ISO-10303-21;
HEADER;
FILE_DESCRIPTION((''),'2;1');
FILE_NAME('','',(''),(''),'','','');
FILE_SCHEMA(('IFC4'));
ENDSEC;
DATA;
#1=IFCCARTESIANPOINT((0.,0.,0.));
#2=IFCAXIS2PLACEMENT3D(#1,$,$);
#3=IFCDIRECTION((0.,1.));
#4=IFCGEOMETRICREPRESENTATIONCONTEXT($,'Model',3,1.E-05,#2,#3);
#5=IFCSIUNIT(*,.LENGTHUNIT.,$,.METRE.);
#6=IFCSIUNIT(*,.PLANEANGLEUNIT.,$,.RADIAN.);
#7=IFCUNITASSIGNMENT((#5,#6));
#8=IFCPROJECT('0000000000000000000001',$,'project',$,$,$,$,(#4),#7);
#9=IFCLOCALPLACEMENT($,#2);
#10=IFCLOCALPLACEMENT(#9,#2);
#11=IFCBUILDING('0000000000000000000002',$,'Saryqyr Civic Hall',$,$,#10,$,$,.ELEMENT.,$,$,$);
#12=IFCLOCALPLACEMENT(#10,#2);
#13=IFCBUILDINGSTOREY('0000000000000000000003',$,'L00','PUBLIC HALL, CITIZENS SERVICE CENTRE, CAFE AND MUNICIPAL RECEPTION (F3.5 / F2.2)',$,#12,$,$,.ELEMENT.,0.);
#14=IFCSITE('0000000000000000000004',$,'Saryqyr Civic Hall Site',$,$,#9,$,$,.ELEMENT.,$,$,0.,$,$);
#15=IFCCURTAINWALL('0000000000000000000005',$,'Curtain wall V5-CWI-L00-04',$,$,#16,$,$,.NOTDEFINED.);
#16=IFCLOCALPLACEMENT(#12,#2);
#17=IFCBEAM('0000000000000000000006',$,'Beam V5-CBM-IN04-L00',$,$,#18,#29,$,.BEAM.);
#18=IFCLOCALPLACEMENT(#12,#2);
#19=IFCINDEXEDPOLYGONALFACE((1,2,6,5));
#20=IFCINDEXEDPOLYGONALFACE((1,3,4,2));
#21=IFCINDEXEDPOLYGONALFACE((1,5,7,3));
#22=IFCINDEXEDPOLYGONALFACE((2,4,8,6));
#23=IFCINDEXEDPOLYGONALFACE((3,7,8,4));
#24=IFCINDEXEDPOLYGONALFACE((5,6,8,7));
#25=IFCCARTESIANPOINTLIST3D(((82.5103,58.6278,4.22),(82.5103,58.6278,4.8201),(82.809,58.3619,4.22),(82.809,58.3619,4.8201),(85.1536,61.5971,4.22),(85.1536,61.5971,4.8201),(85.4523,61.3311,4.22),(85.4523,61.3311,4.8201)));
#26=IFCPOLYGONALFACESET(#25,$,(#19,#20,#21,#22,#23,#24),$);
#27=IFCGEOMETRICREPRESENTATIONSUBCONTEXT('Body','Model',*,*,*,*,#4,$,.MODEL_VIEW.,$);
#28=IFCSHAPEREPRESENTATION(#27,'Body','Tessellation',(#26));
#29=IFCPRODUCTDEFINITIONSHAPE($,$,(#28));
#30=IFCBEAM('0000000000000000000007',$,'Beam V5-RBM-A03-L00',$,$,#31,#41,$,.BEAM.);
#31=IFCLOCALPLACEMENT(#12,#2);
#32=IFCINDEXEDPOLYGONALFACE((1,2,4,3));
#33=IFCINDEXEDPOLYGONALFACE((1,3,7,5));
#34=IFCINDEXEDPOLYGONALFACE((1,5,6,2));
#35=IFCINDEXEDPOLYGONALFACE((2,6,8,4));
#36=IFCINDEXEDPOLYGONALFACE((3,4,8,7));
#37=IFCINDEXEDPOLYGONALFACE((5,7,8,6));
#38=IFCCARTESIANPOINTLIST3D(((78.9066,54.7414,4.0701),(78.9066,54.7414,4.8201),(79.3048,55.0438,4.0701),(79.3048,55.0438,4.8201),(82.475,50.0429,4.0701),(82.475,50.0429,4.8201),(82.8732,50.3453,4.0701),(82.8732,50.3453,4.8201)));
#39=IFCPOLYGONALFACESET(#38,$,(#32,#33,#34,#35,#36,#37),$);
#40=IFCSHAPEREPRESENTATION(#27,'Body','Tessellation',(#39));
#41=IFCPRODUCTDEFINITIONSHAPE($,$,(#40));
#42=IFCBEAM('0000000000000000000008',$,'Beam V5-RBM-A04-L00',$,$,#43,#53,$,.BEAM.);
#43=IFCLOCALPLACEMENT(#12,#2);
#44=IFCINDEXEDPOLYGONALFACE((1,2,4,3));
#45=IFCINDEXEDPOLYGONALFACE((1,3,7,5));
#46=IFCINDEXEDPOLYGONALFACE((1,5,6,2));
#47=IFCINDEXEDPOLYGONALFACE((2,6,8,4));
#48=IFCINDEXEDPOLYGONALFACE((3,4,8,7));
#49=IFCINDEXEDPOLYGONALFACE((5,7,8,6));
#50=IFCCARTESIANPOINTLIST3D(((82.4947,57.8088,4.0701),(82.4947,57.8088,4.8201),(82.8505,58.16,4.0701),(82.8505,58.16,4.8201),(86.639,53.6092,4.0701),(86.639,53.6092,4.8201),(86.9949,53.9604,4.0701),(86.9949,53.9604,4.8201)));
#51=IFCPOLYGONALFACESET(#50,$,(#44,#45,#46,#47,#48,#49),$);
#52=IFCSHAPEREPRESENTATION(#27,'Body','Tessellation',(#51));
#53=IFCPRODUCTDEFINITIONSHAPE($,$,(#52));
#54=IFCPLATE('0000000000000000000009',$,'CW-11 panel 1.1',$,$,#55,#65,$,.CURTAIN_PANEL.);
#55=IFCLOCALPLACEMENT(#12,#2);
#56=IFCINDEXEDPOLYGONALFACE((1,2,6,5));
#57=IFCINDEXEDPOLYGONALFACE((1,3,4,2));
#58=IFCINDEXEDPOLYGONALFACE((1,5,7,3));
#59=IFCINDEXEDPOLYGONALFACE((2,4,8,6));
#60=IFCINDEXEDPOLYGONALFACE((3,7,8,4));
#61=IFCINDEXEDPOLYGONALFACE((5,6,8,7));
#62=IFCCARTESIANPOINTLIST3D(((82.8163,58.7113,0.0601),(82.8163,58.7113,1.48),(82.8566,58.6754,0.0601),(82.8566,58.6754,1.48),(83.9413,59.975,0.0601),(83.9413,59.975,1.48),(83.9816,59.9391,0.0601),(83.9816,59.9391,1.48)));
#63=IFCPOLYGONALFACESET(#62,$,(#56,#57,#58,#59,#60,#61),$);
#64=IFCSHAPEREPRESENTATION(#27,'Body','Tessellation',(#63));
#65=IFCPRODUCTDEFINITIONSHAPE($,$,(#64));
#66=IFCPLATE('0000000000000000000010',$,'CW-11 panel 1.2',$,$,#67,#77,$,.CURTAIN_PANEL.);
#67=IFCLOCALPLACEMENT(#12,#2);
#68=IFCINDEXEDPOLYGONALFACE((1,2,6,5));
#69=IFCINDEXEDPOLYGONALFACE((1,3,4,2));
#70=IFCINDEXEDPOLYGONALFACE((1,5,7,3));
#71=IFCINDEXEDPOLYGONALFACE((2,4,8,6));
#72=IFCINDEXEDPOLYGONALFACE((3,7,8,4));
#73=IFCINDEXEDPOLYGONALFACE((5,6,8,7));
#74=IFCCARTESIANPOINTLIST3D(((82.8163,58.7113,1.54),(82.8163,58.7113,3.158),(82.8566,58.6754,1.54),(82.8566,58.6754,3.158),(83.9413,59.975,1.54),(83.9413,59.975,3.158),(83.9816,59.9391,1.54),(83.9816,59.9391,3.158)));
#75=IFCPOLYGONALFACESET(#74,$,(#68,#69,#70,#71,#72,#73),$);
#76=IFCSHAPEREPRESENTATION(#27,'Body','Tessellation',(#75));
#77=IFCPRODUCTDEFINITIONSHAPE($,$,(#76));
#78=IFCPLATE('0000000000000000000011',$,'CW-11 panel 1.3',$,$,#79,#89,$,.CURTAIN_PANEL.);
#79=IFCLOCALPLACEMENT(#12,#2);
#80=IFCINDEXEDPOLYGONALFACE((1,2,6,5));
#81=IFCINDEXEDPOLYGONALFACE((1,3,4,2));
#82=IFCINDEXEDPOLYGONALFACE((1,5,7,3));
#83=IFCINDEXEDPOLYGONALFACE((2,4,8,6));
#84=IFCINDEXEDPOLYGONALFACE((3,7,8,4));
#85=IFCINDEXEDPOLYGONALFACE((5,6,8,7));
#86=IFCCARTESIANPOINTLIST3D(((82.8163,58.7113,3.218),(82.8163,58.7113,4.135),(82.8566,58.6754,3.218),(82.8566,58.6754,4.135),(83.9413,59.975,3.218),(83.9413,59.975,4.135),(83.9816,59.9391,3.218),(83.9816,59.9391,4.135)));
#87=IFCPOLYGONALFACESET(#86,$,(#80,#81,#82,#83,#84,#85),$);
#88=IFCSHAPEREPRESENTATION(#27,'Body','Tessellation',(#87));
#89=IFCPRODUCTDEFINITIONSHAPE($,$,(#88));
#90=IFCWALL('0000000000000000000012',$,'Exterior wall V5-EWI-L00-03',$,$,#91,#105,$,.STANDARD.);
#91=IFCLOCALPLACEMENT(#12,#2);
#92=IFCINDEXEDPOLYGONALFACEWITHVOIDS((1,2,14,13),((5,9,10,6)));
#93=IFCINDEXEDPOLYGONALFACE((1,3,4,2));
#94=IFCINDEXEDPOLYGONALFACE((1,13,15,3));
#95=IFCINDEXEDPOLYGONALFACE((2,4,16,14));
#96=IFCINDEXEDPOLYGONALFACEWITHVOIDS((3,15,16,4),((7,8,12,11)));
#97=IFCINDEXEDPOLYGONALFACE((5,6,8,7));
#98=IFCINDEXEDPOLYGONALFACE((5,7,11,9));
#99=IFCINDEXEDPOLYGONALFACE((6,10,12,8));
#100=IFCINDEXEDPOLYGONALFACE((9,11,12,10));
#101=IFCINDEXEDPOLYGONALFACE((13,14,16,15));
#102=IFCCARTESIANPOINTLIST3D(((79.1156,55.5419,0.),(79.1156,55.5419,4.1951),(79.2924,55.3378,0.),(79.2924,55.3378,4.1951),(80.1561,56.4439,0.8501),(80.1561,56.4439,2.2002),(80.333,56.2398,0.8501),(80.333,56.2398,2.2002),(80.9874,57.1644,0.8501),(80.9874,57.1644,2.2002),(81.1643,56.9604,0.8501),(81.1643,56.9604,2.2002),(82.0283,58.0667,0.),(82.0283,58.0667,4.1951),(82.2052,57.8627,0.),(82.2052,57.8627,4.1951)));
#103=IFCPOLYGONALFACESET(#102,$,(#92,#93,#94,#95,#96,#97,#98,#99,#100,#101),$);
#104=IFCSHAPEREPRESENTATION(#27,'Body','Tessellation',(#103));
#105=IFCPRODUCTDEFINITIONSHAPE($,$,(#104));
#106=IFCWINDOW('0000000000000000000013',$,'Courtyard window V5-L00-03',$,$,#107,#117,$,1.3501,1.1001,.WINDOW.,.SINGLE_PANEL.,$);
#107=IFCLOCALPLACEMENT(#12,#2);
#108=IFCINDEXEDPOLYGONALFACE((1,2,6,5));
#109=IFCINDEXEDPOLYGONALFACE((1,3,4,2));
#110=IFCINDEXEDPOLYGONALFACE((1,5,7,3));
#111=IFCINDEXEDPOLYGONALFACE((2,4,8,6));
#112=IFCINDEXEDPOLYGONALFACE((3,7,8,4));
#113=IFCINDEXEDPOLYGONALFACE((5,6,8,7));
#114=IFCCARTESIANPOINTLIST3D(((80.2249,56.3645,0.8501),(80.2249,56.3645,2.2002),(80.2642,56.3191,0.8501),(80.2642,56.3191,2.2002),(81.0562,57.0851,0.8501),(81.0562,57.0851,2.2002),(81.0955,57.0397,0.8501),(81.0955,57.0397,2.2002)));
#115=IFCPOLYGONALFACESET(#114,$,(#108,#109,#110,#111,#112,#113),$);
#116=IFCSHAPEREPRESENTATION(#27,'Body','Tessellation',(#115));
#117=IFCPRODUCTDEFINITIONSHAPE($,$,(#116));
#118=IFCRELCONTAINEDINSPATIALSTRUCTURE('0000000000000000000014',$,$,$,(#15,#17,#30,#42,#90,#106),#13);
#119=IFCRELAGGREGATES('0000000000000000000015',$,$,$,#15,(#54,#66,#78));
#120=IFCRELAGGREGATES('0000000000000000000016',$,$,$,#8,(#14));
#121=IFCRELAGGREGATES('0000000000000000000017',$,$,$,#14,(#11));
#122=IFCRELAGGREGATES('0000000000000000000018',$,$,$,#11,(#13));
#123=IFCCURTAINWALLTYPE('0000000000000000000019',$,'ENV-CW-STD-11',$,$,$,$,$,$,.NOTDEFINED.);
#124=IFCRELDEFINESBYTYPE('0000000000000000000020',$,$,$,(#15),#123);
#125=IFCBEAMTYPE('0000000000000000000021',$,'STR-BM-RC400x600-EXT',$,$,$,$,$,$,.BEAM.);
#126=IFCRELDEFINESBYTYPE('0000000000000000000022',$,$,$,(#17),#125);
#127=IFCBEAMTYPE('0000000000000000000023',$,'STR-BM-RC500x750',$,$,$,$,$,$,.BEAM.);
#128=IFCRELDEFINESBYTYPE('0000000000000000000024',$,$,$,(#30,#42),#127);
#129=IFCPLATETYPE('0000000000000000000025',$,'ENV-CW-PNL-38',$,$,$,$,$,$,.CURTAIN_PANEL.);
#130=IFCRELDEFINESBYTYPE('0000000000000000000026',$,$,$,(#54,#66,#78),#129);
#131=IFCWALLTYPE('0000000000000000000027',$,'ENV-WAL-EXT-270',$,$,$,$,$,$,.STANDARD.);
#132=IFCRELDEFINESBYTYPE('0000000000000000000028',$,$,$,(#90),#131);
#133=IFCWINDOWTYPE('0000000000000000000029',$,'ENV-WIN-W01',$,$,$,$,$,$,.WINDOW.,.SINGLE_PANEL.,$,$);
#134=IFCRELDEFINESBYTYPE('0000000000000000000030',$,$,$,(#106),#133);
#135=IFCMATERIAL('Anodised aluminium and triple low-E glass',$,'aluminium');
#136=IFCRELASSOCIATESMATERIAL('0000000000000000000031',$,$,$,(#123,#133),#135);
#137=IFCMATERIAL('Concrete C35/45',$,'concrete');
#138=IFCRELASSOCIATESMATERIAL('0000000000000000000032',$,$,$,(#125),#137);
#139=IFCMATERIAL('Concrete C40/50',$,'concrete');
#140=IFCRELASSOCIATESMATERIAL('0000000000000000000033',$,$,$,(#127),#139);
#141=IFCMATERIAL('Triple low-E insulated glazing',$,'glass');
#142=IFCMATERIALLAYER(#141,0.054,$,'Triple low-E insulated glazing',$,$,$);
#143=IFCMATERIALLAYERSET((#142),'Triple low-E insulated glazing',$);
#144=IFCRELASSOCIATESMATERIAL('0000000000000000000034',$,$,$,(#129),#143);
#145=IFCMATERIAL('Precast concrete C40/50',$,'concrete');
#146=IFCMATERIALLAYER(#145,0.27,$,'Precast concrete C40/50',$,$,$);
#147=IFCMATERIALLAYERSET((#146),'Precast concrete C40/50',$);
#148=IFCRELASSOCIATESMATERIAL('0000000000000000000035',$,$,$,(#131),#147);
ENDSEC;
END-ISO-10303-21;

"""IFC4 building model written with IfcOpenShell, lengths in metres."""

from ifc_helpers import new_model, si_unit, direction, frame, frame_2d, origin, origin_2d, place, context, subcontext, project, spatial, rectangle, extrude, material, layer, layer_set, material_profile, profile_set, type_object, element, fill, aggregate, save


model = new_model("IFC4")

# Units and contexts
model_context = context("Model", 3, precision=1e-05, world=origin(), true_north=direction((0.0, 1.0)))
body_context = subcontext(model_context, "Body", "Model", "MODEL_VIEW")
ifc_project = project(units=[si_unit("LENGTHUNIT", "METRE"), si_unit("PLANEANGLEUNIT", "RADIAN")], contexts=[model_context])

# Site, building, storey
site_placement = place(None, origin())
site = spatial("IfcSite", under=ifc_project, at=site_placement, Name="Saryqyr Civic Hall Site", CompositionType="ELEMENT", RefElevation=0.0)
building_placement = place(site_placement, origin())
building = spatial("IfcBuilding", under=site, at=building_placement, Name="Saryqyr Civic Hall", CompositionType="ELEMENT")
storey_placement = place(building_placement, origin())
storey = spatial("IfcBuildingStorey", under=building, at=storey_placement, Name="L00", Description="PUBLIC HALL, CITIZENS SERVICE CENTRE, CAFE AND MUNICIPAL RECEPTION (F3.5 / F2.2)", CompositionType="ELEMENT", Elevation=0.0)

# Shared definitions
ifc_material_1 = material(Name="Concrete C40/50", Category="concrete")

# Shared definitions
ifc_material_2 = material(Name="Anodised aluminium and triple low-E glass", Category="aluminium")

# Curtain wall
curtain_wall_type_1 = type_object("IfcCurtainWallType", Name="ENV-CW-STD-11", PredefinedType="NOTDEFINED", material=ifc_material_2)
curtain_wall_1_placement = place(storey_placement, origin())
curtain_wall_1 = element("IfcCurtainWall", 1, at=curtain_wall_1_placement, inside=storey, type_object=curtain_wall_type_1, Name="Curtain wall V5-CWI-L00-04", PredefinedType="NOTDEFINED")

# Beams
ifc_material_3 = material(Name="Concrete C35/45", Category="concrete")
ifc_material_profile_1 = material_profile(ifc_material_3, rectangle(XDim=0.3999, YDim=0.6001, at=origin_2d()), Name="RC 400x600")
ifc_profile_set_1 = profile_set([ifc_material_profile_1], Name="Concrete C35/45")
beam_type_1 = type_object("IfcBeamType", Name="STR-BM-RC400x600-EXT", PredefinedType="BEAM", material=ifc_profile_set_1)
for number, where, z_axis, x_axis, name in (
    (2, (82.6597, 58.4949, 4.52), (0.664924, 0.746911, 0.0), (-0.746911, 0.664924, 0.0), "Beam V5-CBM-IN04-L00"),
):
    element("IfcBeam", number, at=place(storey_placement, frame(where, z_axis=z_axis, x_axis=x_axis)), inside=storey, type_object=beam_type_1, Name=name, PredefinedType="BEAM", context=body_context, shape_type="SweptSolid", body=[
        extrude(rectangle(XDim=0.3999, YDim=0.6001, at=origin_2d()), origin(), (0.0, 0.0, 1.0), 3.9753),
    ])
ifc_material_profile_2 = material_profile(ifc_material_1, rectangle(XDim=0.5, YDim=0.75, at=origin_2d()), Name="RC 500x750")
ifc_profile_set_2 = profile_set([ifc_material_profile_2], Name="Concrete C40/50")
beam_type_2 = type_object("IfcBeamType", Name="STR-BM-RC500x750", PredefinedType="BEAM", material=ifc_profile_set_2)
beam_1_placement = place(storey_placement, frame((79.1057, 54.8926, 4.4451), z_axis=(0.604816, -0.796365, 0.0), x_axis=(0.796365, 0.604816, 0.0)))
element("IfcBeam", 3, at=beam_1_placement, inside=storey, type_object=beam_type_2, Name="Beam V5-RBM-A03-L00", PredefinedType="BEAM", context=body_context, shape_type="SweptSolid", body=[
    extrude(rectangle(XDim=0.5, YDim=0.75, at=origin_2d()), origin(), (0.0, 0.0, 1.0), 5.8999),
])
beam_2_placement = place(storey_placement, frame((82.6726, 57.9844, 4.4451), z_axis=(0.702415, -0.711767, 0.0), x_axis=(0.711767, 0.702415, 0.0)))
element("IfcBeam", 4, at=beam_2_placement, inside=storey, type_object=beam_type_2, Name="Beam V5-RBM-A04-L00", PredefinedType="BEAM", context=body_context, shape_type="SweptSolid", body=[
    extrude(rectangle(XDim=0.5, YDim=0.75, at=origin_2d()), origin(), (0.0, 0.0, 1.0), 5.9001),
])

# Plates
ifc_material_4 = material(Name="Triple low-E insulated glazing", Category="glass")
ifc_layer_1 = layer(ifc_material_4, 0.054, Name="Triple low-E insulated glazing")
ifc_layer_set_1 = layer_set([ifc_layer_1], Name="Triple low-E insulated glazing")
plate_type = type_object("IfcPlateType", Name="ENV-CW-PNL-38", PredefinedType="CURTAIN_PANEL", material=ifc_layer_set_1)
plate_1_placement = place(storey_placement, frame((83.3989, 59.3252, 0.0601), z_axis=(0.0, 0.0, 1.0), x_axis=(0.664924, 0.746911, 0.0)))
plate_1 = element("IfcPlate", 5, at=plate_1_placement, type_object=plate_type, Name="CW-11 panel 1.1", PredefinedType="CURTAIN_PANEL", context=body_context, shape_type="SweptSolid", body=[
    extrude(rectangle(XDim=1.6919, YDim=0.054, at=origin_2d()), origin(), (0.0, 0.0, 1.0), 1.4199),
])
plate_2_placement = place(storey_placement, frame((83.3989, 59.3252, 1.54), z_axis=(0.0, 0.0, 1.0), x_axis=(0.664924, 0.746911, 0.0)))
plate_2 = element("IfcPlate", 6, at=plate_2_placement, type_object=plate_type, Name="CW-11 panel 1.2", PredefinedType="CURTAIN_PANEL", context=body_context, shape_type="SweptSolid", body=[
    extrude(rectangle(XDim=1.6919, YDim=0.054, at=origin_2d()), origin(), (0.0, 0.0, 1.0), 1.6179),
])
plate_3_placement = place(storey_placement, frame((83.3989, 59.3252, 3.218), z_axis=(0.0, 0.0, 1.0), x_axis=(0.664924, 0.746911, 0.0)))
plate_3 = element("IfcPlate", 7, at=plate_3_placement, type_object=plate_type, Name="CW-11 panel 1.3", PredefinedType="CURTAIN_PANEL", context=body_context, shape_type="SweptSolid", body=[
    extrude(rectangle(XDim=1.6919, YDim=0.054, at=origin_2d()), origin(), (0.0, 0.0, 1.0), 0.917),
])
aggregate(curtain_wall_1, [plate_1, plate_2, plate_3])

# Wall, opening, window
ifc_material_5 = material(Name="Precast concrete C40/50", Category="concrete")
ifc_layer_2 = layer(ifc_material_5, 0.27, Name="Precast concrete C40/50")
ifc_layer_set_2 = layer_set([ifc_layer_2], Name="Precast concrete C40/50")
wall_type = type_object("IfcWallType", Name="ENV-WAL-EXT-270", PredefinedType="STANDARD", material=ifc_layer_set_2)
wall_placement = place(storey_placement, frame((79.2041, 55.4399, 0.0), z_axis=(0.0, 0.0, 1.0), x_axis=(0.755633, 0.654996, 0.0)))
wall = element("IfcWall", 8, at=wall_placement, inside=storey, type_object=wall_type, Name="Exterior wall V5-EWI-L00-03", PredefinedType="STANDARD", context=body_context, shape_type="SweptSolid", body=[
    extrude(rectangle(XDim=3.8547, YDim=0.27, at=frame_2d((1.9272, 0.0))), origin(), (0.0, 0.0, 1.0), 4.1951),
])
opening_placement = place(wall_placement, frame((1.377, 0.0, 0.8501)))
opening = element("IfcOpeningElement", 9, at=opening_placement, cuts=wall, PredefinedType="OPENING", context=body_context, shape_type="SweptSolid", body=[
    extrude(rectangle(XDim=1.1001, YDim=1.3501, at=frame_2d((0.55, 0.675))), frame((0.0, 0.145, 0.0), z_axis=(0.0, -1.0, 0.0), x_axis=(1.0, 0.0, 0.0)), (0.0, 0.0, 1.0), 0.29),
])
window_type = type_object("IfcWindowType", Name="ENV-WIN-W01", PartitioningType="SINGLE_PANEL", PredefinedType="WINDOW", material=ifc_material_2)
window_placement = place(opening_placement, origin())
window = element("IfcWindow", 10, at=window_placement, inside=storey, type_object=window_type, Name="Courtyard window V5-L00-03", OverallHeight=1.3501, OverallWidth=1.1001, PartitioningType="SINGLE_PANEL", PredefinedType="WINDOW", context=body_context, shape_type="SweptSolid", body=[
    extrude(rectangle(XDim=1.1001, YDim=1.3501, at=frame_2d((0.55, 0.675))), frame((0.0, 0.03, 0.0), z_axis=(0.0, -1.0, 0.0), x_axis=(1.0, 0.0, 0.0)), (0.0, 0.0, 1.0), 0.0601),
])
fill(opening, window)

save(model, "model.ifc")
